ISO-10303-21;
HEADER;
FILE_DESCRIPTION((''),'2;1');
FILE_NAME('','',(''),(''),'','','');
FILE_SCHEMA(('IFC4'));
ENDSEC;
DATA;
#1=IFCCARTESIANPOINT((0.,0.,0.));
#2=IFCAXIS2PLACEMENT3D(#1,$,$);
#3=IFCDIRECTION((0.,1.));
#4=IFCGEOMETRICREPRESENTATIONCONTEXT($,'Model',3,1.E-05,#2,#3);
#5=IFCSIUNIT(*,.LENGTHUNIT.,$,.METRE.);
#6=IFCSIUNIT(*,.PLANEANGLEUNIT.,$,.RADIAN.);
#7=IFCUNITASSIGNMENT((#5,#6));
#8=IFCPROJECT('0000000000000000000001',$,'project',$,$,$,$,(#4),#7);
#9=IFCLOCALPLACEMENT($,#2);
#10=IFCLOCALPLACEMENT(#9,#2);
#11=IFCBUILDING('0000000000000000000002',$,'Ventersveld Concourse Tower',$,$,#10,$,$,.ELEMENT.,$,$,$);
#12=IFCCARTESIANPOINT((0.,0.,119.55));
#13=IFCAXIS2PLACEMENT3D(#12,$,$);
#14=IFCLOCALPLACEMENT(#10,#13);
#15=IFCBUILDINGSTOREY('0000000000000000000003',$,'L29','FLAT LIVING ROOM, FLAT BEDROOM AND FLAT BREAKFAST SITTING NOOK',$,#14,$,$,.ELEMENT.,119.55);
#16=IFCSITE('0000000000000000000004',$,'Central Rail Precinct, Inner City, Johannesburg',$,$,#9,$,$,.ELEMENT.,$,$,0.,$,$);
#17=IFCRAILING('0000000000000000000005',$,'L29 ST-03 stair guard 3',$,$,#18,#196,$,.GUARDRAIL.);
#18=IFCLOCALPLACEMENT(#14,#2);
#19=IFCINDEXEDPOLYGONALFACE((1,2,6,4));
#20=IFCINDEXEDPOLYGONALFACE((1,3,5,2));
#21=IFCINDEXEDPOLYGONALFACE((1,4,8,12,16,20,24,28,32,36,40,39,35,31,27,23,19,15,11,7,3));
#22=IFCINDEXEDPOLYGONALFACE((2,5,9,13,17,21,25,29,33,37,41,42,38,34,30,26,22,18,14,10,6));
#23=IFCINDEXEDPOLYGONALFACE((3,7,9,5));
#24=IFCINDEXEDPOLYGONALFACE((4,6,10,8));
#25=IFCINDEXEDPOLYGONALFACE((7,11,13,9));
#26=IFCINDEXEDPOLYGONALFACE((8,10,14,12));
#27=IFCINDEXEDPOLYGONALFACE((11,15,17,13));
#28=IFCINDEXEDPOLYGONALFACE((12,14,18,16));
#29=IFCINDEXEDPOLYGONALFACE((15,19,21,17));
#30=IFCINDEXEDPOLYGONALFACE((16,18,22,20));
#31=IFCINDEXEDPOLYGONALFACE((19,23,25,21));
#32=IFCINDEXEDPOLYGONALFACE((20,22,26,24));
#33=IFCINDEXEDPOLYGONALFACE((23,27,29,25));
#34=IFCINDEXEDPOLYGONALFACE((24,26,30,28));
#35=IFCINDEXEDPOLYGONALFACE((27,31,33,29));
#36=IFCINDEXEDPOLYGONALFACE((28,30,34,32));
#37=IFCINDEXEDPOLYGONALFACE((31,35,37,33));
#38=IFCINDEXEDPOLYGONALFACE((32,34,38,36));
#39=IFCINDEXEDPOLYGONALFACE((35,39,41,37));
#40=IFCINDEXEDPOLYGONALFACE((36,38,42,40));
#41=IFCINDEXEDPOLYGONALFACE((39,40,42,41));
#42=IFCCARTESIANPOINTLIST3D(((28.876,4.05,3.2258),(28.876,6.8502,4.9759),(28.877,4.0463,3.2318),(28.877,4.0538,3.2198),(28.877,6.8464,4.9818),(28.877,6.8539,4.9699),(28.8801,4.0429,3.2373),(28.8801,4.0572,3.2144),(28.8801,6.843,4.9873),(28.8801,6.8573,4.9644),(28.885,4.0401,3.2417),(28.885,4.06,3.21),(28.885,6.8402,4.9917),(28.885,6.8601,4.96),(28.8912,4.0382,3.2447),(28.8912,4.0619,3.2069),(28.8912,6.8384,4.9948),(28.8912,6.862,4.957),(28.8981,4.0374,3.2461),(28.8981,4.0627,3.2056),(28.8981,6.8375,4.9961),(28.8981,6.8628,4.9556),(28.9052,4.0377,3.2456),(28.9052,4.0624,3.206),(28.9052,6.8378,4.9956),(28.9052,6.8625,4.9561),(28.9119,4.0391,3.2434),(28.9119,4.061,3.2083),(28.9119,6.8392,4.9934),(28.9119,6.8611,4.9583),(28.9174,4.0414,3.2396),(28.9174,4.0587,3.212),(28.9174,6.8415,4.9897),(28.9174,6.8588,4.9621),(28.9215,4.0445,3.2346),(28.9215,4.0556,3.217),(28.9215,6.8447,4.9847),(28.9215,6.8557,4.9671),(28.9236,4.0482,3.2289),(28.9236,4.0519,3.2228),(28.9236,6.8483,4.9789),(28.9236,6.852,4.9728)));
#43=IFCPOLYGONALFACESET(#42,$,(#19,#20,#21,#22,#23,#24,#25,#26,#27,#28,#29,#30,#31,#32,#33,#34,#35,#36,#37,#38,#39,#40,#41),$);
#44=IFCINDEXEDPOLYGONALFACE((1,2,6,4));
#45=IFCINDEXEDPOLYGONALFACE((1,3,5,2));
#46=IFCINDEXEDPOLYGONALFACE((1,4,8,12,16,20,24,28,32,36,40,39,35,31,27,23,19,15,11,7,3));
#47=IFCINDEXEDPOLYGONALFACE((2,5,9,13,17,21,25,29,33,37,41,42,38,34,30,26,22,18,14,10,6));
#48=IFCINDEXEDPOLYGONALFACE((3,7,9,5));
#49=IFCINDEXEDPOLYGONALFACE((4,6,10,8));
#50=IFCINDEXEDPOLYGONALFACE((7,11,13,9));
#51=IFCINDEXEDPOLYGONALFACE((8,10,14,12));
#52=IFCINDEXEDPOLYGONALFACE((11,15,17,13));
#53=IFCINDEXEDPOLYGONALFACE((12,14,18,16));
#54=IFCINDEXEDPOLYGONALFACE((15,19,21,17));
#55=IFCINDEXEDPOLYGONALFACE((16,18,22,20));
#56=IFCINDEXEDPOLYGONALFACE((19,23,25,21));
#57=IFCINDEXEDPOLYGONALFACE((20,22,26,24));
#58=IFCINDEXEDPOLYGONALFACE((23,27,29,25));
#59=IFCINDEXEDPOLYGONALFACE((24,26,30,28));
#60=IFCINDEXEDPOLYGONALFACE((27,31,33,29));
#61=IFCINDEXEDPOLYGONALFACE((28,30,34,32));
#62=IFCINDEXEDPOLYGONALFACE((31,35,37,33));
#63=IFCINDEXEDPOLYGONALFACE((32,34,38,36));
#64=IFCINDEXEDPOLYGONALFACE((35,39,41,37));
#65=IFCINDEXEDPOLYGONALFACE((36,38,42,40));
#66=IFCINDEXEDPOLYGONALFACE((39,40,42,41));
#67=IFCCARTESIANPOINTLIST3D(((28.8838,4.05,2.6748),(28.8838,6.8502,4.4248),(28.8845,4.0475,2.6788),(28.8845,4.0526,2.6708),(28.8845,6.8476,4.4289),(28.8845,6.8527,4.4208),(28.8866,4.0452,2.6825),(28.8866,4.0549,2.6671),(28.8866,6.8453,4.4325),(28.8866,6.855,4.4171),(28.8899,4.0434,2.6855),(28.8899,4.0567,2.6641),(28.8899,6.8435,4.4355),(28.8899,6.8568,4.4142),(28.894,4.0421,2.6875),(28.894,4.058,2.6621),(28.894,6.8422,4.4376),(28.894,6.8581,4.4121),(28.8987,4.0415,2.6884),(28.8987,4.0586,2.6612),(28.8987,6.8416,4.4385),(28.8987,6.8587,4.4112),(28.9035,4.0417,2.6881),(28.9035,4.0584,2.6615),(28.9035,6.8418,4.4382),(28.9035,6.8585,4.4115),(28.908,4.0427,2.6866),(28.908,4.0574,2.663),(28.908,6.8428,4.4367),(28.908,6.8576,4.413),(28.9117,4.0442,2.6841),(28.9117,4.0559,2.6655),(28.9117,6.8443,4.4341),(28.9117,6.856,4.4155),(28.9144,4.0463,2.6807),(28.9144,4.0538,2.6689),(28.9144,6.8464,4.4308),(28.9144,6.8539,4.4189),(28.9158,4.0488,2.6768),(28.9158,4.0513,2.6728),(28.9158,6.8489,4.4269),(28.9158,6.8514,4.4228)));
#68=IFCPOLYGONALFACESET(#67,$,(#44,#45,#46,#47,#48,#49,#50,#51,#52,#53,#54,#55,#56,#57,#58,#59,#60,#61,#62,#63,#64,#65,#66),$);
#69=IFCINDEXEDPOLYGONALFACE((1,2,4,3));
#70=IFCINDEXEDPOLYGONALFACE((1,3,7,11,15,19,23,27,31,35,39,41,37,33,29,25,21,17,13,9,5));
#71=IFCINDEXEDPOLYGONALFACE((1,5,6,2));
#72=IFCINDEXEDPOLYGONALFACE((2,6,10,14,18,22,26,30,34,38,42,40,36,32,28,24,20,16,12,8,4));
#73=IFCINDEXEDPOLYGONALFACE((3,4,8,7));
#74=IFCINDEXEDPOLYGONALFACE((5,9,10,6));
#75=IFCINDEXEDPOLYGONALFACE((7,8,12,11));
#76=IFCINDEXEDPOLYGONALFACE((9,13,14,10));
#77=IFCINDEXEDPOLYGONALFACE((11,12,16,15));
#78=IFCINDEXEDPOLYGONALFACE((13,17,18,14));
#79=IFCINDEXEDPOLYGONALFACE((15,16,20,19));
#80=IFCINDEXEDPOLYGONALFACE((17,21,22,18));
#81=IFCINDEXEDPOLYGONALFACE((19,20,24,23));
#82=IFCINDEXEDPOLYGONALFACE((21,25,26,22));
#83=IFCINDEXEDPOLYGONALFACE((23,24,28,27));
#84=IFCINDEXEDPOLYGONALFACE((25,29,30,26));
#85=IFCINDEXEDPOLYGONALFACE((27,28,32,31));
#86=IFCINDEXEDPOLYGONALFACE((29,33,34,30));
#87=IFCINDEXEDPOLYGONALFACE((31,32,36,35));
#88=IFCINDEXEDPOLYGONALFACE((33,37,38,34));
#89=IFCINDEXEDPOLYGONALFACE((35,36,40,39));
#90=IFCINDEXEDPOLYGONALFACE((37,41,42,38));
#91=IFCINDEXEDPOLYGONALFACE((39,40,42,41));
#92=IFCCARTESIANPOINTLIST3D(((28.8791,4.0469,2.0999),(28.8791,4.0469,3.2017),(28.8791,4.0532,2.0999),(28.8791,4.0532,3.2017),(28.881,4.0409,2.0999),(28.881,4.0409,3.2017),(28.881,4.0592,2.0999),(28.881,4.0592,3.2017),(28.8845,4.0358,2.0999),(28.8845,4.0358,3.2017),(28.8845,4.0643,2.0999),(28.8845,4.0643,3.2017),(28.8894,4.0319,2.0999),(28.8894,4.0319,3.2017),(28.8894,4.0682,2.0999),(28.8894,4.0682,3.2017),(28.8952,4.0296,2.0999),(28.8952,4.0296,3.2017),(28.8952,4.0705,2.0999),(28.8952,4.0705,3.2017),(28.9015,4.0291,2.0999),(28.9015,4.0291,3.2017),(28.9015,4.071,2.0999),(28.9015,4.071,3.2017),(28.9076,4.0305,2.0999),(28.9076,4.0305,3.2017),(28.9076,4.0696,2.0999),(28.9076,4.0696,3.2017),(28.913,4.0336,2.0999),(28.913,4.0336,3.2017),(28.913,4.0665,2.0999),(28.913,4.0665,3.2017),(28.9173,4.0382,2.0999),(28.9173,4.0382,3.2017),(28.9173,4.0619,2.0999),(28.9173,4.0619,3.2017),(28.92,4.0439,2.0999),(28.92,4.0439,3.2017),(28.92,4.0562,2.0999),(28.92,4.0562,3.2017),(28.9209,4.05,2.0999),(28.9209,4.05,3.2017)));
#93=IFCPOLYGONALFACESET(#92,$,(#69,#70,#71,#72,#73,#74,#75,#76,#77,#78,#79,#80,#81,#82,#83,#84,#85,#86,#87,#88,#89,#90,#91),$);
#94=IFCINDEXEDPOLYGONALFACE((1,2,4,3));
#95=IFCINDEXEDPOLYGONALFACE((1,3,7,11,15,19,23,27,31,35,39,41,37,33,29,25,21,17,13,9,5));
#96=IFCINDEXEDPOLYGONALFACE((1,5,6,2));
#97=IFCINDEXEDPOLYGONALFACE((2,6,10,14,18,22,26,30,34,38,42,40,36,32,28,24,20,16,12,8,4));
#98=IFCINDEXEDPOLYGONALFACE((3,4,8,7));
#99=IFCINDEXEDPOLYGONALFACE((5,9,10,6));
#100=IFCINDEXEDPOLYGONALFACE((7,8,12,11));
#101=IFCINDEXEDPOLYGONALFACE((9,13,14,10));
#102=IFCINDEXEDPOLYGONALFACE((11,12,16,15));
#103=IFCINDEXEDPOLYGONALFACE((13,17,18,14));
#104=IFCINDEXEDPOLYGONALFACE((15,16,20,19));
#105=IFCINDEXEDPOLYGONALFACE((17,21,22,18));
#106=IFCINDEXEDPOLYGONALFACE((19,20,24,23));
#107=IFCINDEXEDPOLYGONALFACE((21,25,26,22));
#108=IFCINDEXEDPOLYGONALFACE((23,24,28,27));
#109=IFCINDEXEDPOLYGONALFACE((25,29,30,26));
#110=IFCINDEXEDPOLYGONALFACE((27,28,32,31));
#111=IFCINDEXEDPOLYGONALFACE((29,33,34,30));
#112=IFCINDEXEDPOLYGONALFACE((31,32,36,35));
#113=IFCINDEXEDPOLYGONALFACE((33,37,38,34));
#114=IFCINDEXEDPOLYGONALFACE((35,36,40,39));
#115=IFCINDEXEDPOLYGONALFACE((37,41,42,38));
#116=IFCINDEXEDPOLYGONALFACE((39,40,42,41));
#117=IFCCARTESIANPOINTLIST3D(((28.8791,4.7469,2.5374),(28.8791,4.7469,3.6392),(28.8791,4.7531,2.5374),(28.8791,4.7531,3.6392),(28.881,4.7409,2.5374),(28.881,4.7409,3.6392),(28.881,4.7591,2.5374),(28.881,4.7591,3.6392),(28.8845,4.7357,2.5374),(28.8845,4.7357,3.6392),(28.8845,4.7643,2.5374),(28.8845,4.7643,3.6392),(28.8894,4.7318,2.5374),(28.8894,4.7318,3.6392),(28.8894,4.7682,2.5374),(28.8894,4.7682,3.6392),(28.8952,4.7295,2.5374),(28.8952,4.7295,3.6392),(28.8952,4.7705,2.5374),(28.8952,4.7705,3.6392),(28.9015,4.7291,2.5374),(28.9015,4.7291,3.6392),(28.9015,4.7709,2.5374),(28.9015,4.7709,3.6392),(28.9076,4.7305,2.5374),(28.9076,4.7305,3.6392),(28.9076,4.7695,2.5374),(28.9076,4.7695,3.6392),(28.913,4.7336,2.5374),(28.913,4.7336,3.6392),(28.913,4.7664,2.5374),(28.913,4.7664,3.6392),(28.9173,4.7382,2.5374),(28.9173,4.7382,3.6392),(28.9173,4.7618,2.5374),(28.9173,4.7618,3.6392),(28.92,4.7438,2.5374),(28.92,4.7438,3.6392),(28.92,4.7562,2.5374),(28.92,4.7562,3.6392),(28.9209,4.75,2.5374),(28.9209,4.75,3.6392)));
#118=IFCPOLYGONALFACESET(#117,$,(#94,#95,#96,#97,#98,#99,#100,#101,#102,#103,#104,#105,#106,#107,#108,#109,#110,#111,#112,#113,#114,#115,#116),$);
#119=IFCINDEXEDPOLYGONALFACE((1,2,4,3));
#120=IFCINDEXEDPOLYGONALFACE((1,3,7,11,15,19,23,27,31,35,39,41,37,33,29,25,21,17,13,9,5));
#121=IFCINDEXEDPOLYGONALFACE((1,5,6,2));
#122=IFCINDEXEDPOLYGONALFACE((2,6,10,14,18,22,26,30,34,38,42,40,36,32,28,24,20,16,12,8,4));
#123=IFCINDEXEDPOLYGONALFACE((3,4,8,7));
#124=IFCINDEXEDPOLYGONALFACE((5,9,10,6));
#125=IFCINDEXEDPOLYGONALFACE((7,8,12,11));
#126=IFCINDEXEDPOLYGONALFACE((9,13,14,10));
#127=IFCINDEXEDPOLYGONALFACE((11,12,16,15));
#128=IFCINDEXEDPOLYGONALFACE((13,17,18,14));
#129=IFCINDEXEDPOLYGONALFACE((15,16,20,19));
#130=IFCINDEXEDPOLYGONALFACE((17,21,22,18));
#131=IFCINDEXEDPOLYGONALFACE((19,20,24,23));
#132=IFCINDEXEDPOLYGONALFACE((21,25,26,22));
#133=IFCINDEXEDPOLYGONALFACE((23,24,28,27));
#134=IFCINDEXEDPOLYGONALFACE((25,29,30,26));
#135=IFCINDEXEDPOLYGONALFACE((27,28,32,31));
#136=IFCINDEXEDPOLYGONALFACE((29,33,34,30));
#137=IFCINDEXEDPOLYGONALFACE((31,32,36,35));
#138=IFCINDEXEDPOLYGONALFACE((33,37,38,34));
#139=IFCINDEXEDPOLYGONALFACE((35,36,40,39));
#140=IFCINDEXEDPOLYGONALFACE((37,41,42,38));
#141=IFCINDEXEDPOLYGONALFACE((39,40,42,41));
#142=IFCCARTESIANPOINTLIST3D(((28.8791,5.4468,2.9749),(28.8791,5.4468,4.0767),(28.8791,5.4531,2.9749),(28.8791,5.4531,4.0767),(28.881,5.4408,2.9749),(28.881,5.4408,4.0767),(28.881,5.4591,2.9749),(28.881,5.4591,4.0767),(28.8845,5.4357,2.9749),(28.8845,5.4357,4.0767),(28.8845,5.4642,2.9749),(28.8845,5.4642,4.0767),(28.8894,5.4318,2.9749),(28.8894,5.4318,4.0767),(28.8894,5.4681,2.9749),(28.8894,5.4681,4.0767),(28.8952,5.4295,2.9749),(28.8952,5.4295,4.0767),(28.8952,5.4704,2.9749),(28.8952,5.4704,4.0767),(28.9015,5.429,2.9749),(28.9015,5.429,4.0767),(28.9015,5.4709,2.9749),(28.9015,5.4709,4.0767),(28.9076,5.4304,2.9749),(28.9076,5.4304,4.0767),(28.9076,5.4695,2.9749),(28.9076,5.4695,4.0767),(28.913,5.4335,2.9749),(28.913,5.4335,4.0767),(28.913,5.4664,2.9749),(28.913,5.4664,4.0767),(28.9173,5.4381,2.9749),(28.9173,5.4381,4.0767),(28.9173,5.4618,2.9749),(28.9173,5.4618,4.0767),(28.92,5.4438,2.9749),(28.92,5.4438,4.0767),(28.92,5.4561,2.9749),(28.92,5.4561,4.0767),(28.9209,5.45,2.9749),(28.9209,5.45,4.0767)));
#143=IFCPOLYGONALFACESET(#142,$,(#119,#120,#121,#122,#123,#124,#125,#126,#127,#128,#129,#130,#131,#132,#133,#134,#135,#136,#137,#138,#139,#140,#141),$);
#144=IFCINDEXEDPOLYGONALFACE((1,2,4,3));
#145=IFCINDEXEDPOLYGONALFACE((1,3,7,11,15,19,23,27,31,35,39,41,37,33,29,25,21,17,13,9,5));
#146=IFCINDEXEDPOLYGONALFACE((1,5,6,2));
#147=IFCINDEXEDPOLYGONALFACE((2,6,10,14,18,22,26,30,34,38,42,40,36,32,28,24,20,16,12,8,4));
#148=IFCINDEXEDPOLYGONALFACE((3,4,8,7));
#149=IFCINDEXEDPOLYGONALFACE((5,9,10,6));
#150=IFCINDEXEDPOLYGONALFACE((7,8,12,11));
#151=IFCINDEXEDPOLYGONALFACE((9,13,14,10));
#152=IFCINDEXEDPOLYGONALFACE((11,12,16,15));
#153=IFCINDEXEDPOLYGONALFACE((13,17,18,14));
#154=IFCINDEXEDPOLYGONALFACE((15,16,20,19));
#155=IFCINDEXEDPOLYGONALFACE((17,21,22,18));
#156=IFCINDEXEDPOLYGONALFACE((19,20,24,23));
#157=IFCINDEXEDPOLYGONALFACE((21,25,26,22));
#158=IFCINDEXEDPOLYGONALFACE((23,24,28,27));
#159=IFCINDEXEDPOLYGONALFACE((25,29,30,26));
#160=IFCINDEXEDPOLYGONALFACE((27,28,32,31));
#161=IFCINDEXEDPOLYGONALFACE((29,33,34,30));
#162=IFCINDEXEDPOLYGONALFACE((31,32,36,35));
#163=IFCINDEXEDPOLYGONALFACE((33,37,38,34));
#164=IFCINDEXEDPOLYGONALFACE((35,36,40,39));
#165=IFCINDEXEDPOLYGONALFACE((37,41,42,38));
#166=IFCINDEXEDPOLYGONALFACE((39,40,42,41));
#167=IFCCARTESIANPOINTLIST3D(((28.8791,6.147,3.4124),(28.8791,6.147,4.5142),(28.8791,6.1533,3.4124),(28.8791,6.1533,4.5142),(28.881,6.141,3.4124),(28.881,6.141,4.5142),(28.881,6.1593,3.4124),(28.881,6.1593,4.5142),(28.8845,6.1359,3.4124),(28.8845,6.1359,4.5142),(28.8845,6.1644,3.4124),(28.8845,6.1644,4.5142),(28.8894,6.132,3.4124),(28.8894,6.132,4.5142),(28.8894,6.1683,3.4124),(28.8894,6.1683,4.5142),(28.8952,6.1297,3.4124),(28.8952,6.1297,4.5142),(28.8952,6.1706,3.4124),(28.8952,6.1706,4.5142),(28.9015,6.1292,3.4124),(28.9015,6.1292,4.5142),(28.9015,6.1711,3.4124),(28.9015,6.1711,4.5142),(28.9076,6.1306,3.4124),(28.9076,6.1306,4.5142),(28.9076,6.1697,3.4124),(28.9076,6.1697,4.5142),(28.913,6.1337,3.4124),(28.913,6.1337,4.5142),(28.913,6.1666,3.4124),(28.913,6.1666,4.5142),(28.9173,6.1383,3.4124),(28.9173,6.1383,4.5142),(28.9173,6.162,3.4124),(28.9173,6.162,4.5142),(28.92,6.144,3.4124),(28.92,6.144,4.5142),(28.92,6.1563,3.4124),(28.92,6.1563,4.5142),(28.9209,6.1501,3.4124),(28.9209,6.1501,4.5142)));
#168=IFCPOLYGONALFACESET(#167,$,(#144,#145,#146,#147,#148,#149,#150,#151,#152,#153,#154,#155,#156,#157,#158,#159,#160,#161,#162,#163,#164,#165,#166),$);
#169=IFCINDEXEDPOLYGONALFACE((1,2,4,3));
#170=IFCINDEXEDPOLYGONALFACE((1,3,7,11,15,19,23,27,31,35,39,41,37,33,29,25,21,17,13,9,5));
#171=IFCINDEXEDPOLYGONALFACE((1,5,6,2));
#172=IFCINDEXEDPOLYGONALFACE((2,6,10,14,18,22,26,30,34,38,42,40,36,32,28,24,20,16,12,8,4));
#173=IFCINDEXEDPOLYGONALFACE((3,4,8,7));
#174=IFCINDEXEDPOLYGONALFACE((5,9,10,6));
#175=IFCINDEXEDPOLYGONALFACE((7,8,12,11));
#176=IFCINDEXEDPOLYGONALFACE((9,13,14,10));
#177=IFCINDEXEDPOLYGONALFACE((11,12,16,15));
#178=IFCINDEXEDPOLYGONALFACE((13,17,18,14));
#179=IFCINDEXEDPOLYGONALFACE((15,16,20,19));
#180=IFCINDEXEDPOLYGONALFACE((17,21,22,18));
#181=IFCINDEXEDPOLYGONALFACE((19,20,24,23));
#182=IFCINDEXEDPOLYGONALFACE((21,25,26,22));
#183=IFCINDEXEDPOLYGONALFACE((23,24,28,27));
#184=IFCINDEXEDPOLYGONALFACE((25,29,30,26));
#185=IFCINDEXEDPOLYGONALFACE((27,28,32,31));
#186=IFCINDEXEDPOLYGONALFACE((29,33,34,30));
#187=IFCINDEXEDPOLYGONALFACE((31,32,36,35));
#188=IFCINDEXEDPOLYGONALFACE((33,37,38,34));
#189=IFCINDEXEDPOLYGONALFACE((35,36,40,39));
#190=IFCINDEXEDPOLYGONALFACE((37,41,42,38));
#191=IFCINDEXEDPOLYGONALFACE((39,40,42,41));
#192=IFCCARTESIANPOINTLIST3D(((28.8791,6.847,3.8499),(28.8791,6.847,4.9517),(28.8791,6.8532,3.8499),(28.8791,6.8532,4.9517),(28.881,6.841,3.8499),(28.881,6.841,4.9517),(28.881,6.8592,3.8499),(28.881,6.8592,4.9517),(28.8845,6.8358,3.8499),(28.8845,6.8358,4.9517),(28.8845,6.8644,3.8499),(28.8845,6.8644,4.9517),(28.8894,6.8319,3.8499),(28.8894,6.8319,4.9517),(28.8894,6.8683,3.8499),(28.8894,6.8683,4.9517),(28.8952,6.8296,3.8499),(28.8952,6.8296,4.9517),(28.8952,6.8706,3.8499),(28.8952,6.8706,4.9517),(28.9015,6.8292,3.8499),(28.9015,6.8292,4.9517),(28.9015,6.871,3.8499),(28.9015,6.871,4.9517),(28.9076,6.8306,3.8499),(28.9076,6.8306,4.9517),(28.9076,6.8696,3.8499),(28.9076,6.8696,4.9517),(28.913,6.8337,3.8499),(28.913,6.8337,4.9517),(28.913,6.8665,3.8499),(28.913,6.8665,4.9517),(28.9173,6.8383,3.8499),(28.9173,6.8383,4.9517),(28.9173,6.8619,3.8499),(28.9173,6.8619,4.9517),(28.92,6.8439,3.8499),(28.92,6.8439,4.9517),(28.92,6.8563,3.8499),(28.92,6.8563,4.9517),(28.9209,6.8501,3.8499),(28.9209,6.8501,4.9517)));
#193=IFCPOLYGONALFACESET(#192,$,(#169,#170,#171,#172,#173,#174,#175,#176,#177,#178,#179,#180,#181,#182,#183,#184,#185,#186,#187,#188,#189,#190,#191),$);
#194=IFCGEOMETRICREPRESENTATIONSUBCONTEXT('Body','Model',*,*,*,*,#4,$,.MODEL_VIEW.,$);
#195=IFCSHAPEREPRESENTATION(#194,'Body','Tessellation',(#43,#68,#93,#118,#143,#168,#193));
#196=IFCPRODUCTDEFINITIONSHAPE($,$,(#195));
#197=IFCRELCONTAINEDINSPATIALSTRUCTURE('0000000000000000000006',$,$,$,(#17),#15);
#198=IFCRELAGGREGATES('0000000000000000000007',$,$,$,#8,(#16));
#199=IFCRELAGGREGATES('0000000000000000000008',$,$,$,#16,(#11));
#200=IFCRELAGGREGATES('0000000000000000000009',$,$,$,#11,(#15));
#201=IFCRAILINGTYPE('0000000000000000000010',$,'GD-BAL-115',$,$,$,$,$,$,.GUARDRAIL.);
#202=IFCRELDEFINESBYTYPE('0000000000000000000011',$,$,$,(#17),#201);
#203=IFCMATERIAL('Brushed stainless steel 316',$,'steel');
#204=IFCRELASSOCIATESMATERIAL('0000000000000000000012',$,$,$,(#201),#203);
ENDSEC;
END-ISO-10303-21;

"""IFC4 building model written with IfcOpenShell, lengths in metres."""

from ifc_helpers import new_model, si_unit, direction, frame, origin, origin_2d, place, context, subcontext, project, spatial, circle, extrude, material, type_object, element, save


model = new_model("IFC4")

# Units and contexts
model_context = context("Model", 3, precision=1e-05, world=origin(), true_north=direction((0.0, 1.0)))
body_context = subcontext(model_context, "Body", "Model", "MODEL_VIEW")
ifc_project = project(units=[si_unit("LENGTHUNIT", "METRE"), si_unit("PLANEANGLEUNIT", "RADIAN")], contexts=[model_context])

# Site, building, storey
site_placement = place(None, origin())
site = spatial("IfcSite", under=ifc_project, at=site_placement, Name="Central Rail Precinct, Inner City, Johannesburg", CompositionType="ELEMENT", RefElevation=0.0)
building_placement = place(site_placement, origin())
building = spatial("IfcBuilding", under=site, at=building_placement, Name="Ventersveld Concourse Tower", CompositionType="ELEMENT")
storey_placement = place(building_placement, frame((0.0, 0.0, 119.55)))
storey = spatial("IfcBuildingStorey", under=building, at=storey_placement, Name="L29", Description="FLAT LIVING ROOM, FLAT BEDROOM AND FLAT BREAKFAST SITTING NOOK", CompositionType="ELEMENT", Elevation=119.55)

# Railing
ifc_material_1 = material(Name="Brushed stainless steel 316", Category="steel")
railing_type_1 = type_object("IfcRailingType", Name="GD-BAL-115", PredefinedType="GUARDRAIL", material=ifc_material_1)
railing_1_placement = place(storey_placement, frame((28.8999, 4.05, 2.0999)))
element("IfcRailing", 1, at=railing_1_placement, inside=storey, type_object=railing_type_1, Name="L29 ST-03 stair guard 3", PredefinedType="GUARDRAIL", context=body_context, shape_type="SweptSolid", body=[
    extrude(circle(Radius=0.0239, at=origin_2d()), frame((0.0, 0.0, 1.126), z_axis=(0.0, 0.848002, 0.529992), x_axis=(-1.0, 0.0, 0.0)), (0.0, 0.0, 1.0), 3.302),
    extrude(circle(Radius=0.0161, at=origin_2d()), frame((0.0, 0.0, 0.575), z_axis=(0.0, 0.848002, 0.529992), x_axis=(-1.0, 0.0, 0.0)), (0.0, 0.0, 1.0), 3.302),
    extrude(circle(Radius=0.021, at=origin_2d()), origin(), (0.0, 0.0, 1.0), 1.1018),
    extrude(circle(Radius=0.021, at=origin_2d()), frame((0.0, 0.7, 0.4375)), (0.0, 0.0, 1.0), 1.1018),
    extrude(circle(Radius=0.021, at=origin_2d()), frame((0.0, 1.3999, 0.875)), (0.0, 0.0, 1.0), 1.1018),
    extrude(circle(Radius=0.021, at=origin_2d()), frame((0.0, 2.1001, 1.3125)), (0.0, 0.0, 1.0), 1.1018),
    extrude(circle(Radius=0.021, at=origin_2d()), frame((0.0, 2.8, 1.75)), (0.0, 0.0, 1.0), 1.1018),
])

save(model, "model.ifc")
